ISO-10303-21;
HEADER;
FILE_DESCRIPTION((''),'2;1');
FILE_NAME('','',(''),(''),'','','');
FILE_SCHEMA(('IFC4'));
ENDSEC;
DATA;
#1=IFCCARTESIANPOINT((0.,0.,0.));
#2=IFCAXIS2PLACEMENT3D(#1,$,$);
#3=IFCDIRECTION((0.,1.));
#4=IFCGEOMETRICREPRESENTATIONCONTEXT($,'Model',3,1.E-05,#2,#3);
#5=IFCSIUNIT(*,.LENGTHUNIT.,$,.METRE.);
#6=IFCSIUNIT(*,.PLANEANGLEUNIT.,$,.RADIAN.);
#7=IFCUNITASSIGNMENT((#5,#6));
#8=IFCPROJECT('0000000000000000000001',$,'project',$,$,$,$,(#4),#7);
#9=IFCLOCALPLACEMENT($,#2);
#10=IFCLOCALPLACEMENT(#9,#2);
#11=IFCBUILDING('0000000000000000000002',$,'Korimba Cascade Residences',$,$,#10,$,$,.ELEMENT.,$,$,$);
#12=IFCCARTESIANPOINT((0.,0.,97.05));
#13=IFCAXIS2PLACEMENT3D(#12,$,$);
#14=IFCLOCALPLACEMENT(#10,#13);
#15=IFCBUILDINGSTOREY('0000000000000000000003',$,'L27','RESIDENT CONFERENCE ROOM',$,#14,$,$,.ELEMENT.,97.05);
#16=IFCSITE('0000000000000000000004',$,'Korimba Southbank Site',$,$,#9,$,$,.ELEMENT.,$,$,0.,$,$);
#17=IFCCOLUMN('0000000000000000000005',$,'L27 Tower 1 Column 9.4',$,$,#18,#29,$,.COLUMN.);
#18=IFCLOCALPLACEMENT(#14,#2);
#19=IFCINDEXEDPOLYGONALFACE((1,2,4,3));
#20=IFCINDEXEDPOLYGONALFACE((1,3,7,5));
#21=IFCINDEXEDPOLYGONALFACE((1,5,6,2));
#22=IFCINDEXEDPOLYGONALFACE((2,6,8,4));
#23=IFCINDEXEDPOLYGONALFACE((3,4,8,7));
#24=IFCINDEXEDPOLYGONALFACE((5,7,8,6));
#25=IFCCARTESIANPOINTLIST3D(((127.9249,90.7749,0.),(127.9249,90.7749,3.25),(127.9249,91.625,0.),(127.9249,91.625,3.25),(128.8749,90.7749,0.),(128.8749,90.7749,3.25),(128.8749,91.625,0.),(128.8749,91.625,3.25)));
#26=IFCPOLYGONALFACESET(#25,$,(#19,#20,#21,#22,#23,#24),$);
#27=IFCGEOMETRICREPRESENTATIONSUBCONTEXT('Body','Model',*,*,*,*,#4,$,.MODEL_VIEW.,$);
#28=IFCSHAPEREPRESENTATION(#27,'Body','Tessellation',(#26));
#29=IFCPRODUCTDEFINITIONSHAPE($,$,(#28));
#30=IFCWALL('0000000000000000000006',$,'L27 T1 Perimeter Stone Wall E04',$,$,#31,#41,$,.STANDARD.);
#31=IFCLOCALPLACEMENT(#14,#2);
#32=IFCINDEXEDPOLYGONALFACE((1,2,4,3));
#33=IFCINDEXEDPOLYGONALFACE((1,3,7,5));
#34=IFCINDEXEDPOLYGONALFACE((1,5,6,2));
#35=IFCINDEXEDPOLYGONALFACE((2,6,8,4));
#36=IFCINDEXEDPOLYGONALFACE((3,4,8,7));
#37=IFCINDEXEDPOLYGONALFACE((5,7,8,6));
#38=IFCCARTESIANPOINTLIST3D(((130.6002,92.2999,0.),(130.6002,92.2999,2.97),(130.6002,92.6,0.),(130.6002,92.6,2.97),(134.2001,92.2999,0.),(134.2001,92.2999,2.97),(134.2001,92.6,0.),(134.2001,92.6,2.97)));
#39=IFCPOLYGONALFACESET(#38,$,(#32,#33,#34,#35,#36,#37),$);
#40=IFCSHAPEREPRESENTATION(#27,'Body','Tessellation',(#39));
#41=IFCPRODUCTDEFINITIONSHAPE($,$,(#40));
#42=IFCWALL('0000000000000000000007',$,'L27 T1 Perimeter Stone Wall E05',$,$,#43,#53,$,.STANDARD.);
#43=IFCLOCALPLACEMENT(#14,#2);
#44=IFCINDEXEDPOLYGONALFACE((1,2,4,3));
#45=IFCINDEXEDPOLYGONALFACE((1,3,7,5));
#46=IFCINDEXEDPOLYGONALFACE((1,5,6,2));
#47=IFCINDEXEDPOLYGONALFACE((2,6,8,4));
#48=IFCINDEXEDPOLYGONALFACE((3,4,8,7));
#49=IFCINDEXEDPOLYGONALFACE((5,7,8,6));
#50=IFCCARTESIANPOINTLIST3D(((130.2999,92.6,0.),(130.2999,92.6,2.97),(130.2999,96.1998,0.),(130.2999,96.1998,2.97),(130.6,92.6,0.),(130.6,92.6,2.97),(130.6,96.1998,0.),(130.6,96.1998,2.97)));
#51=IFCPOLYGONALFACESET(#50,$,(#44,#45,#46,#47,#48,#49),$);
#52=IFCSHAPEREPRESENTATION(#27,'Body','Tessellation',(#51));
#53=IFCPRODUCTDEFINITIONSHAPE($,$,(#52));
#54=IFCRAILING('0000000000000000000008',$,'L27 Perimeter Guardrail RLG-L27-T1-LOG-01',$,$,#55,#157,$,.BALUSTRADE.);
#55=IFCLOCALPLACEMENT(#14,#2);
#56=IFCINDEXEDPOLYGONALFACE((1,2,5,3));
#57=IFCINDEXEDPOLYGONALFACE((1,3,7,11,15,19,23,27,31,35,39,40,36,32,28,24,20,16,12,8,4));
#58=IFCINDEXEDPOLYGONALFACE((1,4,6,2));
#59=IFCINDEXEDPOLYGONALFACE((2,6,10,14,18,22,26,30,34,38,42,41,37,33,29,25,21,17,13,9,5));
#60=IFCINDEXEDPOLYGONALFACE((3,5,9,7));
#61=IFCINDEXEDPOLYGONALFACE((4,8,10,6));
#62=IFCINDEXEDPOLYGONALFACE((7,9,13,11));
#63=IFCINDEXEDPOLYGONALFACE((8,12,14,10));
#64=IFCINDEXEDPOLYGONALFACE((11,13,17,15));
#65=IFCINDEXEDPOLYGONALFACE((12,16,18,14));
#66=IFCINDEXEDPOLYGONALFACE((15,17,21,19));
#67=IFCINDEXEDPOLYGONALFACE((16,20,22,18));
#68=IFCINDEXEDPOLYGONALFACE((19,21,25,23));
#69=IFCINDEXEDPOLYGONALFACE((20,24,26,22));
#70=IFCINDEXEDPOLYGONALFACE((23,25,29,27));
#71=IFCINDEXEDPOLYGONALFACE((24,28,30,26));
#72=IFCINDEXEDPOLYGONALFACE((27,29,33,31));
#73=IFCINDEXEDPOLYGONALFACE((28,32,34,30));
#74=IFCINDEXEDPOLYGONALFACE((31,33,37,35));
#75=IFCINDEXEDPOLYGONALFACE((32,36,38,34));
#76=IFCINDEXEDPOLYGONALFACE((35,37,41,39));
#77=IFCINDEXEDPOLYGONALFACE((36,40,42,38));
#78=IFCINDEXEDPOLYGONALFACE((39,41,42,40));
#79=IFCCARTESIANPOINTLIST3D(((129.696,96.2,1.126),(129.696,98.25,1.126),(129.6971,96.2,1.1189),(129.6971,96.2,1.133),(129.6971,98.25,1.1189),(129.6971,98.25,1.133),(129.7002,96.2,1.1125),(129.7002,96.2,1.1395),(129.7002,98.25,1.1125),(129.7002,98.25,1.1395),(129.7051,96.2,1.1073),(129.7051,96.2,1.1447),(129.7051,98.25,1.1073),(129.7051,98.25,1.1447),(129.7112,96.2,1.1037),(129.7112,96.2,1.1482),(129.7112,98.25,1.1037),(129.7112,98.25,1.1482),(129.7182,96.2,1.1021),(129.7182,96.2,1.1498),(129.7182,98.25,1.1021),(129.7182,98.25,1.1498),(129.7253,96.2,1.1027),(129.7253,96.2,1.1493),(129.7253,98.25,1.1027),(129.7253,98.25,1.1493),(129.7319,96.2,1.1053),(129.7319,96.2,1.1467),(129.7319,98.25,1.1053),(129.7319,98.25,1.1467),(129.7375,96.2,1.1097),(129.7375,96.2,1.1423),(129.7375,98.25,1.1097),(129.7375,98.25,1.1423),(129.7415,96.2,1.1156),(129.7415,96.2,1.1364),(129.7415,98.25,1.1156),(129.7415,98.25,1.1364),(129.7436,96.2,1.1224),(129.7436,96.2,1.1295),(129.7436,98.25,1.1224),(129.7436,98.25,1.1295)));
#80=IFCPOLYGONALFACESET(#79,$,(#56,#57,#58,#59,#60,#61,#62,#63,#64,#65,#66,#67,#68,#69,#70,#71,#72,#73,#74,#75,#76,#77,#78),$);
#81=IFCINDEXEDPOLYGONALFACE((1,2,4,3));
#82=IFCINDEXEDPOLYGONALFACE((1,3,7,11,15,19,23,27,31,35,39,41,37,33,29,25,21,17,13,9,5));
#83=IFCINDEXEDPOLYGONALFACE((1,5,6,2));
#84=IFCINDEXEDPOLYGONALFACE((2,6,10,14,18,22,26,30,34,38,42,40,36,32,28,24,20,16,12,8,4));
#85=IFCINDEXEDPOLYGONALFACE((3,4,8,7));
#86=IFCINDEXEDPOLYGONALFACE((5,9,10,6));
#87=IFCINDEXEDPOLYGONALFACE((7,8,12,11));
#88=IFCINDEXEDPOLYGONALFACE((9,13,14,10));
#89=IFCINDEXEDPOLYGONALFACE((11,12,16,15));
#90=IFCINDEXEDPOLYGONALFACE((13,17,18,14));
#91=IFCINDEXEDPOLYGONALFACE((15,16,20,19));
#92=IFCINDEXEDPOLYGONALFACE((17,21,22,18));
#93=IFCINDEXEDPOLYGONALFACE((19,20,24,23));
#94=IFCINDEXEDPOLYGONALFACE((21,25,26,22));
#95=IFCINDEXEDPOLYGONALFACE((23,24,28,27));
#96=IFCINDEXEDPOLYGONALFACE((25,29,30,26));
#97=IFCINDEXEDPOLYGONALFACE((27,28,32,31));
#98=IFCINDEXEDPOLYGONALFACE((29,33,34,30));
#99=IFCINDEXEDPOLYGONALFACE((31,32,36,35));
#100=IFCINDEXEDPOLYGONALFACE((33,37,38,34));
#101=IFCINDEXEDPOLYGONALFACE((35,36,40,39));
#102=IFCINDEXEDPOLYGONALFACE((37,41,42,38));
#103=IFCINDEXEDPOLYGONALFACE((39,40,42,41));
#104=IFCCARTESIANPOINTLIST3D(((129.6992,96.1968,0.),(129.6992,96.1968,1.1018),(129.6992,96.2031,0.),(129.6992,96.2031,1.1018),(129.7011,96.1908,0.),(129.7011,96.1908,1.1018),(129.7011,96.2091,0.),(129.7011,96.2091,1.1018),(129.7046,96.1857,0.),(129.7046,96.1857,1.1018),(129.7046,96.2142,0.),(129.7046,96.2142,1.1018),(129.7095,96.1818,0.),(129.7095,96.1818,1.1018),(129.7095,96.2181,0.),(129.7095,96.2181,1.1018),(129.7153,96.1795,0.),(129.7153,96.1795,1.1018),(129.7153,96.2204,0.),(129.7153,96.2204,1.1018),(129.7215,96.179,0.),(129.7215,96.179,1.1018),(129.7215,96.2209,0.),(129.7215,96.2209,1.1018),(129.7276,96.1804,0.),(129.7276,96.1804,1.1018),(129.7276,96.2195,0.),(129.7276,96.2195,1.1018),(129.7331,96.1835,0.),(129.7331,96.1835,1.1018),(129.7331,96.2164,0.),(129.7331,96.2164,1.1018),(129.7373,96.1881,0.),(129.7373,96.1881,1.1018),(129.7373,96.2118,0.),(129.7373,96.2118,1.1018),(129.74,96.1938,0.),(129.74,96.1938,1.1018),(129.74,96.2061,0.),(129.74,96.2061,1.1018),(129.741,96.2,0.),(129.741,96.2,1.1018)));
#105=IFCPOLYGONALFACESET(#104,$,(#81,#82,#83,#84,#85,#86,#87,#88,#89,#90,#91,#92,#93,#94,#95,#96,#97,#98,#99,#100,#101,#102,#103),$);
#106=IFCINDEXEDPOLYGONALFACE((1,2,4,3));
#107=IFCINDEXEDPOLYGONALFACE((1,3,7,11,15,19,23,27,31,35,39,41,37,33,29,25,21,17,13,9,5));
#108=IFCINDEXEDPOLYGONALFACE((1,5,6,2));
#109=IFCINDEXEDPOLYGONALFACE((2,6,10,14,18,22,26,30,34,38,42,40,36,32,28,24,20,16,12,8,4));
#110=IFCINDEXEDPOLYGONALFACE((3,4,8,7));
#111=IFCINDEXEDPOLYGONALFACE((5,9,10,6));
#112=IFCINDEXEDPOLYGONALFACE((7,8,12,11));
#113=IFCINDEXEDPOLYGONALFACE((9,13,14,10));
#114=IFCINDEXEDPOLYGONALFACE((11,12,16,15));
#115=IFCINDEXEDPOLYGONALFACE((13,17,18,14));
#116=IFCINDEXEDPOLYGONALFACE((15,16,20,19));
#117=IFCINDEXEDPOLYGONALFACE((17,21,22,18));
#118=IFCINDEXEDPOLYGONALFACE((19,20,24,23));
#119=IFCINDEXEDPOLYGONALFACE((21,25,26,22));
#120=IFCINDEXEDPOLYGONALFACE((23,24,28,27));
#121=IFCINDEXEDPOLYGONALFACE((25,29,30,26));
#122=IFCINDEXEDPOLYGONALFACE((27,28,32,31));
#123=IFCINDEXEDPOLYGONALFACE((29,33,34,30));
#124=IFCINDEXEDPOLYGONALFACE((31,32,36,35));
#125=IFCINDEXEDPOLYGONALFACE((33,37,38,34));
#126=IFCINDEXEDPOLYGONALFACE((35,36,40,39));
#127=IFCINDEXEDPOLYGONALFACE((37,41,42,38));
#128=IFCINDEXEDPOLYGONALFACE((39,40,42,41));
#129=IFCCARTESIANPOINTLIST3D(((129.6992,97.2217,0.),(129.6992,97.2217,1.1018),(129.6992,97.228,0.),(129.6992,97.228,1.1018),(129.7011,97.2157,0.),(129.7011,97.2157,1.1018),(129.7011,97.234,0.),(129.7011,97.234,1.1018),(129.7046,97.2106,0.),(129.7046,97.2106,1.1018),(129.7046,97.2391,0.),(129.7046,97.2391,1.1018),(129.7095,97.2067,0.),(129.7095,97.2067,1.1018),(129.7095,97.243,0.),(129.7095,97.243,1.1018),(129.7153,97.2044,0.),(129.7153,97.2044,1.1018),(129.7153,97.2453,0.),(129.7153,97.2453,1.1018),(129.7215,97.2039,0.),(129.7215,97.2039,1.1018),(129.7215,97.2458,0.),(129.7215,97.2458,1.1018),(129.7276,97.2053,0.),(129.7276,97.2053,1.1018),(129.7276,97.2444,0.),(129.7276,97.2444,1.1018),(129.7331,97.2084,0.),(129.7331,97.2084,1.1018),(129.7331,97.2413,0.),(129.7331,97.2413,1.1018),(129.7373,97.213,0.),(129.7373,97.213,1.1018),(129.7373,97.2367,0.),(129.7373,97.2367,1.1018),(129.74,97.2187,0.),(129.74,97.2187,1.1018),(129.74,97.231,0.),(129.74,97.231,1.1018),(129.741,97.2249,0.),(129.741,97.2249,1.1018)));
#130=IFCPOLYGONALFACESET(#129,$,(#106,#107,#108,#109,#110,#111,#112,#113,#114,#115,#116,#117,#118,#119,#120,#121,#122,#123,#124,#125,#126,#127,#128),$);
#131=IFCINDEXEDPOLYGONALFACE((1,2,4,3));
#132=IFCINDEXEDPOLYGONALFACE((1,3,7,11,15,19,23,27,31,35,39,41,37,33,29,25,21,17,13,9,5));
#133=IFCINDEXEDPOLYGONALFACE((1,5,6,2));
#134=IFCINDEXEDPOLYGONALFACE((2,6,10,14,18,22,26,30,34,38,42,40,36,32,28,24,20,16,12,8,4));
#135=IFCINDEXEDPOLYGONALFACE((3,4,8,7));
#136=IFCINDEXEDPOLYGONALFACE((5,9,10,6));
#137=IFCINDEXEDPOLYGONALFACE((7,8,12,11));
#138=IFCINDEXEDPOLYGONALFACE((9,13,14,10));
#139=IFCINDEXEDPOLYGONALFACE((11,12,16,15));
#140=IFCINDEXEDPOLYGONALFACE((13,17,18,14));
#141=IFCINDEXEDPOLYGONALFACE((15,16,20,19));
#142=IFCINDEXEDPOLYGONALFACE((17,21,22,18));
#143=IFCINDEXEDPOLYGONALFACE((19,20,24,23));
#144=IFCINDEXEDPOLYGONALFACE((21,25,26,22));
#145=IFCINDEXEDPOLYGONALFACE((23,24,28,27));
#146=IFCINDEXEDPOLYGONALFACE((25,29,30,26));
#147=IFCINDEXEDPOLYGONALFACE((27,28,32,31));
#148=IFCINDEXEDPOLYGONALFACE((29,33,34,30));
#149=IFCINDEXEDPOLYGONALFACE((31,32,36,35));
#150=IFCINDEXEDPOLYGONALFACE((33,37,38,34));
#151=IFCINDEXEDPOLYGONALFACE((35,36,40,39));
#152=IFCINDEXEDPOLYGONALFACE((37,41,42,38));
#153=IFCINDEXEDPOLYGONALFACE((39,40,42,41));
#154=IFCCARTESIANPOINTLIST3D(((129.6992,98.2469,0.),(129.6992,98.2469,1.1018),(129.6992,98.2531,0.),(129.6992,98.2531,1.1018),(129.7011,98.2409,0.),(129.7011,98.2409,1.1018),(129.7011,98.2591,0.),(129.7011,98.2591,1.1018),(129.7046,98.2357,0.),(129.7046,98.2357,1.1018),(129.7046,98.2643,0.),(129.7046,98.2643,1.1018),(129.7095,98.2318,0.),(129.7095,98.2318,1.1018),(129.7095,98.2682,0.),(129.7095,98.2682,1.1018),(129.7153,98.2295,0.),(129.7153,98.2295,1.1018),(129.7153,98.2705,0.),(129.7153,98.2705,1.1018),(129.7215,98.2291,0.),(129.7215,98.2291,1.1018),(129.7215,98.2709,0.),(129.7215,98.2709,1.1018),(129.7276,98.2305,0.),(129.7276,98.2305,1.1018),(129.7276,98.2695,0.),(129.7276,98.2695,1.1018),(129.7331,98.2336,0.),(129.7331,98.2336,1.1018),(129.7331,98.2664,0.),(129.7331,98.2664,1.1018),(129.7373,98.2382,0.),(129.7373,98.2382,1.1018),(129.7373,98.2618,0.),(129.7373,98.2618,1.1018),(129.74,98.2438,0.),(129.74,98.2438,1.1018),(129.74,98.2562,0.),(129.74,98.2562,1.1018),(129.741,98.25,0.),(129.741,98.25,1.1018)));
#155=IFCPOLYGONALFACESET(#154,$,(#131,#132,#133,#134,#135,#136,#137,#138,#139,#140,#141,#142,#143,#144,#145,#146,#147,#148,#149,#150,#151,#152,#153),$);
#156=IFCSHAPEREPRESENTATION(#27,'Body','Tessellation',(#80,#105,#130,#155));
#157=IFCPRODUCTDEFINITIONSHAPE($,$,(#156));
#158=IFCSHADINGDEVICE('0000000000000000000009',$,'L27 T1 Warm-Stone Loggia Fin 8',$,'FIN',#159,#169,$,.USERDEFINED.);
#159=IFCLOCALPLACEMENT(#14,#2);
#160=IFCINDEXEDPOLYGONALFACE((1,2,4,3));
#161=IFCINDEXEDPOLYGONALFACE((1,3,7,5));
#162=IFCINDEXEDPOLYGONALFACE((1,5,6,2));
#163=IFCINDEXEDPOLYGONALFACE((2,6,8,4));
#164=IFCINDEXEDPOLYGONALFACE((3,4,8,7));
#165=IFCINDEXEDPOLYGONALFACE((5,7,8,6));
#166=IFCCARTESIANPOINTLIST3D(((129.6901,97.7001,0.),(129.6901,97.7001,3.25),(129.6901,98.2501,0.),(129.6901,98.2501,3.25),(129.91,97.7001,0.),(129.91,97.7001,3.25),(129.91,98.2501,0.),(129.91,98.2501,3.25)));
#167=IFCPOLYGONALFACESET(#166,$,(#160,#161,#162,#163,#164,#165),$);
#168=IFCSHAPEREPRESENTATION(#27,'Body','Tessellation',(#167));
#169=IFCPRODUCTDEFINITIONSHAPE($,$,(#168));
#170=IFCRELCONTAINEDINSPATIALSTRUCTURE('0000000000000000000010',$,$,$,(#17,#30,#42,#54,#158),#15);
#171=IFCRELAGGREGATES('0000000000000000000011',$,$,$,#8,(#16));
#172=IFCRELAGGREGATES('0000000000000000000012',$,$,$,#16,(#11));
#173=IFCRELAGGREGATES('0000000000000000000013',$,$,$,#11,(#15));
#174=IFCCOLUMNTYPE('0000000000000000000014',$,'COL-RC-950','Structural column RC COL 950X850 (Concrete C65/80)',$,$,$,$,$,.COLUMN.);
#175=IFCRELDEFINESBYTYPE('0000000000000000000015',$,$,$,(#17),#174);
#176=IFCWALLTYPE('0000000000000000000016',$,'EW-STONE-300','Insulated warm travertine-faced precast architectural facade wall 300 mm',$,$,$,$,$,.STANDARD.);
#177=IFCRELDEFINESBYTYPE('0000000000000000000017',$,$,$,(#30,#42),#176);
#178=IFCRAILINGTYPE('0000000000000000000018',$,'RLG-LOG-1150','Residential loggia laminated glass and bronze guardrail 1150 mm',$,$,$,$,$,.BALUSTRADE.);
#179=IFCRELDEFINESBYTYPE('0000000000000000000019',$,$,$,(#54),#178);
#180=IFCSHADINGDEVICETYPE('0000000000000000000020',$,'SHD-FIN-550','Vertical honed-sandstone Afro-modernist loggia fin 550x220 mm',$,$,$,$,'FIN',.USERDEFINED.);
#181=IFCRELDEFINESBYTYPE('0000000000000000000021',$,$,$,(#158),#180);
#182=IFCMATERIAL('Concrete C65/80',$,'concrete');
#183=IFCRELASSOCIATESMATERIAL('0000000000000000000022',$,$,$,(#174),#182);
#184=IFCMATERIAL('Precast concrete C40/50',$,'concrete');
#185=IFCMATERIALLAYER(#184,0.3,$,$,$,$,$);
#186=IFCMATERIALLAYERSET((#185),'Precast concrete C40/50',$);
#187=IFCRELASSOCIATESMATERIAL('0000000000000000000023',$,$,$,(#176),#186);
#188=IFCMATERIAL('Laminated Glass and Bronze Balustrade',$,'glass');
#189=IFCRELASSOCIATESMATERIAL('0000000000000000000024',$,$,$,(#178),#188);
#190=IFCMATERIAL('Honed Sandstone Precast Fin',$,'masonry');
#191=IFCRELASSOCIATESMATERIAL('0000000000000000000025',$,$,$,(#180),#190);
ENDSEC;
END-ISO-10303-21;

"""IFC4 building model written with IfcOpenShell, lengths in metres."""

from ifc_helpers import new_model, si_unit, direction, frame, frame_2d, origin, origin_2d, place, context, subcontext, project, spatial, rectangle, circle, extrude, material, layer, layer_set, material_profile, profile_set, type_object, element, save


model = new_model("IFC4")

# Units and contexts
model_context = context("Model", 3, precision=1e-05, world=origin(), true_north=direction((0.0, 1.0)))
body_context = subcontext(model_context, "Body", "Model", "MODEL_VIEW")
ifc_project = project(units=[si_unit("LENGTHUNIT", "METRE"), si_unit("PLANEANGLEUNIT", "RADIAN")], contexts=[model_context])

# Site, building, storey
site_placement = place(None, origin())
site = spatial("IfcSite", under=ifc_project, at=site_placement, Name="Korimba Southbank Site", CompositionType="ELEMENT", RefElevation=0.0)
building_placement = place(site_placement, origin())
building = spatial("IfcBuilding", under=site, at=building_placement, Name="Korimba Cascade Residences", CompositionType="ELEMENT")
storey_placement = place(building_placement, frame((0.0, 0.0, 97.05)))
storey = spatial("IfcBuildingStorey", under=building, at=storey_placement, Name="L27", Description="RESIDENT CONFERENCE ROOM", CompositionType="ELEMENT", Elevation=97.05)

# Column
ifc_material_1 = material(Name="Concrete C65/80", Category="concrete")
ifc_material_profile = material_profile(ifc_material_1, rectangle(XDim=0.95, YDim=0.8501, at=origin_2d()), Name="Concrete C65/80")
ifc_profile_set = profile_set([ifc_material_profile], Name="Concrete C65/80")
column_type = type_object("IfcColumnType", Name="COL-RC-950", Description="Structural column RC COL 950X850 (Concrete C65/80)", PredefinedType="COLUMN", material=ifc_profile_set)
column_placement = place(storey_placement, frame((128.3999, 91.2, 0.0), z_axis=(0.0, 0.0, 1.0), x_axis=(1.0, 0.0, 0.0)))
element("IfcColumn", 1, at=column_placement, inside=storey, type_object=column_type, Name="L27 Tower 1 Column 9.4", PredefinedType="COLUMN", context=body_context, shape_type="SweptSolid", body=[
    extrude(rectangle(XDim=0.95, YDim=0.8501, at=origin_2d()), origin(), (0.0, 0.0, 1.0), 3.25),
])

# Shared definitions
ifc_material_2 = material(Name="Precast concrete C40/50", Category="concrete")

# Walls
ifc_layer_1 = layer(ifc_material_2, 0.3)
ifc_layer_set_1 = layer_set([ifc_layer_1], Name="Precast concrete C40/50")
wall_type_1 = type_object("IfcWallType", Name="EW-STONE-300", Description="Insulated warm travertine-faced precast architectural facade wall 300 mm", PredefinedType="STANDARD", material=ifc_layer_set_1)
for number, where, z_axis, x_axis, name in (
    (2, (134.2, 92.45, 0.0), (0.0, 0.0, 1.0), (-1.0, 0.0, 0.0), "L27 T1 Perimeter Stone Wall E04"),
    (3, (130.45, 92.6001, 0.0), (0.0, 0.0, 1.0), (0.0, 1.0, 0.0), "L27 T1 Perimeter Stone Wall E05"),
):
    element("IfcWall", number, at=place(storey_placement, frame(where, z_axis=z_axis, x_axis=x_axis)), inside=storey, type_object=wall_type_1, Name=name, PredefinedType="STANDARD", context=body_context, shape_type="SweptSolid", body=[
        extrude(rectangle(XDim=3.5999, YDim=0.3, at=frame_2d((1.7998, 0.0))), origin(), (0.0, 0.0, 1.0), 2.97),
    ])

# Railing
ifc_material_3 = material(Name="Laminated Glass and Bronze Balustrade", Category="glass")
railing_type = type_object("IfcRailingType", Name="RLG-LOG-1150", Description="Residential loggia laminated glass and bronze guardrail 1150 mm", PredefinedType="BALUSTRADE", material=ifc_material_3)
railing_1_placement = place(storey_placement, frame((129.72, 96.2, 0.0)))
element("IfcRailing", 4, at=railing_1_placement, inside=storey, type_object=railing_type, Name="L27 Perimeter Guardrail RLG-L27-T1-LOG-01", PredefinedType="BALUSTRADE", context=body_context, shape_type="SweptSolid", body=[
    extrude(circle(Radius=0.0239, at=origin_2d()), frame((0.0, 0.0, 1.126), z_axis=(0.0, 1.0, 0.0), x_axis=(-1.0, 0.0, 0.0)), (0.0, 0.0, 1.0), 2.05),
    extrude(circle(Radius=0.021, at=origin_2d()), origin(), (0.0, 0.0, 1.0), 1.1018),
    extrude(circle(Radius=0.021, at=origin_2d()), frame((0.0, 1.0249, 0.0)), (0.0, 0.0, 1.0), 1.1018),
    extrude(circle(Radius=0.021, at=origin_2d()), frame((0.0, 2.05, 0.0)), (0.0, 0.0, 1.0), 1.1018),
])

# Shading device
ifc_material_4 = material(Name="Honed Sandstone Precast Fin", Category="masonry")
shading_device_type = type_object("IfcShadingDeviceType", Name="SHD-FIN-550", Description="Vertical honed-sandstone Afro-modernist loggia fin 550x220 mm", ElementType="FIN", PredefinedType="USERDEFINED", material=ifc_material_4)
shading_device_placement = place(storey_placement, frame((129.8, 97.9751, 0.0), z_axis=(0.0, 0.0, 1.0), x_axis=(1.0, 0.0, 0.0)))
element("IfcShadingDevice", 5, at=shading_device_placement, inside=storey, type_object=shading_device_type, Name="L27 T1 Warm-Stone Loggia Fin 8", ObjectType="FIN", PredefinedType="USERDEFINED", context=body_context, shape_type="SweptSolid", body=[
    extrude(rectangle(XDim=0.22, YDim=0.55, at=origin_2d()), origin(), (0.0, 0.0, 1.0), 3.25),
])

save(model, "model.ifc")
